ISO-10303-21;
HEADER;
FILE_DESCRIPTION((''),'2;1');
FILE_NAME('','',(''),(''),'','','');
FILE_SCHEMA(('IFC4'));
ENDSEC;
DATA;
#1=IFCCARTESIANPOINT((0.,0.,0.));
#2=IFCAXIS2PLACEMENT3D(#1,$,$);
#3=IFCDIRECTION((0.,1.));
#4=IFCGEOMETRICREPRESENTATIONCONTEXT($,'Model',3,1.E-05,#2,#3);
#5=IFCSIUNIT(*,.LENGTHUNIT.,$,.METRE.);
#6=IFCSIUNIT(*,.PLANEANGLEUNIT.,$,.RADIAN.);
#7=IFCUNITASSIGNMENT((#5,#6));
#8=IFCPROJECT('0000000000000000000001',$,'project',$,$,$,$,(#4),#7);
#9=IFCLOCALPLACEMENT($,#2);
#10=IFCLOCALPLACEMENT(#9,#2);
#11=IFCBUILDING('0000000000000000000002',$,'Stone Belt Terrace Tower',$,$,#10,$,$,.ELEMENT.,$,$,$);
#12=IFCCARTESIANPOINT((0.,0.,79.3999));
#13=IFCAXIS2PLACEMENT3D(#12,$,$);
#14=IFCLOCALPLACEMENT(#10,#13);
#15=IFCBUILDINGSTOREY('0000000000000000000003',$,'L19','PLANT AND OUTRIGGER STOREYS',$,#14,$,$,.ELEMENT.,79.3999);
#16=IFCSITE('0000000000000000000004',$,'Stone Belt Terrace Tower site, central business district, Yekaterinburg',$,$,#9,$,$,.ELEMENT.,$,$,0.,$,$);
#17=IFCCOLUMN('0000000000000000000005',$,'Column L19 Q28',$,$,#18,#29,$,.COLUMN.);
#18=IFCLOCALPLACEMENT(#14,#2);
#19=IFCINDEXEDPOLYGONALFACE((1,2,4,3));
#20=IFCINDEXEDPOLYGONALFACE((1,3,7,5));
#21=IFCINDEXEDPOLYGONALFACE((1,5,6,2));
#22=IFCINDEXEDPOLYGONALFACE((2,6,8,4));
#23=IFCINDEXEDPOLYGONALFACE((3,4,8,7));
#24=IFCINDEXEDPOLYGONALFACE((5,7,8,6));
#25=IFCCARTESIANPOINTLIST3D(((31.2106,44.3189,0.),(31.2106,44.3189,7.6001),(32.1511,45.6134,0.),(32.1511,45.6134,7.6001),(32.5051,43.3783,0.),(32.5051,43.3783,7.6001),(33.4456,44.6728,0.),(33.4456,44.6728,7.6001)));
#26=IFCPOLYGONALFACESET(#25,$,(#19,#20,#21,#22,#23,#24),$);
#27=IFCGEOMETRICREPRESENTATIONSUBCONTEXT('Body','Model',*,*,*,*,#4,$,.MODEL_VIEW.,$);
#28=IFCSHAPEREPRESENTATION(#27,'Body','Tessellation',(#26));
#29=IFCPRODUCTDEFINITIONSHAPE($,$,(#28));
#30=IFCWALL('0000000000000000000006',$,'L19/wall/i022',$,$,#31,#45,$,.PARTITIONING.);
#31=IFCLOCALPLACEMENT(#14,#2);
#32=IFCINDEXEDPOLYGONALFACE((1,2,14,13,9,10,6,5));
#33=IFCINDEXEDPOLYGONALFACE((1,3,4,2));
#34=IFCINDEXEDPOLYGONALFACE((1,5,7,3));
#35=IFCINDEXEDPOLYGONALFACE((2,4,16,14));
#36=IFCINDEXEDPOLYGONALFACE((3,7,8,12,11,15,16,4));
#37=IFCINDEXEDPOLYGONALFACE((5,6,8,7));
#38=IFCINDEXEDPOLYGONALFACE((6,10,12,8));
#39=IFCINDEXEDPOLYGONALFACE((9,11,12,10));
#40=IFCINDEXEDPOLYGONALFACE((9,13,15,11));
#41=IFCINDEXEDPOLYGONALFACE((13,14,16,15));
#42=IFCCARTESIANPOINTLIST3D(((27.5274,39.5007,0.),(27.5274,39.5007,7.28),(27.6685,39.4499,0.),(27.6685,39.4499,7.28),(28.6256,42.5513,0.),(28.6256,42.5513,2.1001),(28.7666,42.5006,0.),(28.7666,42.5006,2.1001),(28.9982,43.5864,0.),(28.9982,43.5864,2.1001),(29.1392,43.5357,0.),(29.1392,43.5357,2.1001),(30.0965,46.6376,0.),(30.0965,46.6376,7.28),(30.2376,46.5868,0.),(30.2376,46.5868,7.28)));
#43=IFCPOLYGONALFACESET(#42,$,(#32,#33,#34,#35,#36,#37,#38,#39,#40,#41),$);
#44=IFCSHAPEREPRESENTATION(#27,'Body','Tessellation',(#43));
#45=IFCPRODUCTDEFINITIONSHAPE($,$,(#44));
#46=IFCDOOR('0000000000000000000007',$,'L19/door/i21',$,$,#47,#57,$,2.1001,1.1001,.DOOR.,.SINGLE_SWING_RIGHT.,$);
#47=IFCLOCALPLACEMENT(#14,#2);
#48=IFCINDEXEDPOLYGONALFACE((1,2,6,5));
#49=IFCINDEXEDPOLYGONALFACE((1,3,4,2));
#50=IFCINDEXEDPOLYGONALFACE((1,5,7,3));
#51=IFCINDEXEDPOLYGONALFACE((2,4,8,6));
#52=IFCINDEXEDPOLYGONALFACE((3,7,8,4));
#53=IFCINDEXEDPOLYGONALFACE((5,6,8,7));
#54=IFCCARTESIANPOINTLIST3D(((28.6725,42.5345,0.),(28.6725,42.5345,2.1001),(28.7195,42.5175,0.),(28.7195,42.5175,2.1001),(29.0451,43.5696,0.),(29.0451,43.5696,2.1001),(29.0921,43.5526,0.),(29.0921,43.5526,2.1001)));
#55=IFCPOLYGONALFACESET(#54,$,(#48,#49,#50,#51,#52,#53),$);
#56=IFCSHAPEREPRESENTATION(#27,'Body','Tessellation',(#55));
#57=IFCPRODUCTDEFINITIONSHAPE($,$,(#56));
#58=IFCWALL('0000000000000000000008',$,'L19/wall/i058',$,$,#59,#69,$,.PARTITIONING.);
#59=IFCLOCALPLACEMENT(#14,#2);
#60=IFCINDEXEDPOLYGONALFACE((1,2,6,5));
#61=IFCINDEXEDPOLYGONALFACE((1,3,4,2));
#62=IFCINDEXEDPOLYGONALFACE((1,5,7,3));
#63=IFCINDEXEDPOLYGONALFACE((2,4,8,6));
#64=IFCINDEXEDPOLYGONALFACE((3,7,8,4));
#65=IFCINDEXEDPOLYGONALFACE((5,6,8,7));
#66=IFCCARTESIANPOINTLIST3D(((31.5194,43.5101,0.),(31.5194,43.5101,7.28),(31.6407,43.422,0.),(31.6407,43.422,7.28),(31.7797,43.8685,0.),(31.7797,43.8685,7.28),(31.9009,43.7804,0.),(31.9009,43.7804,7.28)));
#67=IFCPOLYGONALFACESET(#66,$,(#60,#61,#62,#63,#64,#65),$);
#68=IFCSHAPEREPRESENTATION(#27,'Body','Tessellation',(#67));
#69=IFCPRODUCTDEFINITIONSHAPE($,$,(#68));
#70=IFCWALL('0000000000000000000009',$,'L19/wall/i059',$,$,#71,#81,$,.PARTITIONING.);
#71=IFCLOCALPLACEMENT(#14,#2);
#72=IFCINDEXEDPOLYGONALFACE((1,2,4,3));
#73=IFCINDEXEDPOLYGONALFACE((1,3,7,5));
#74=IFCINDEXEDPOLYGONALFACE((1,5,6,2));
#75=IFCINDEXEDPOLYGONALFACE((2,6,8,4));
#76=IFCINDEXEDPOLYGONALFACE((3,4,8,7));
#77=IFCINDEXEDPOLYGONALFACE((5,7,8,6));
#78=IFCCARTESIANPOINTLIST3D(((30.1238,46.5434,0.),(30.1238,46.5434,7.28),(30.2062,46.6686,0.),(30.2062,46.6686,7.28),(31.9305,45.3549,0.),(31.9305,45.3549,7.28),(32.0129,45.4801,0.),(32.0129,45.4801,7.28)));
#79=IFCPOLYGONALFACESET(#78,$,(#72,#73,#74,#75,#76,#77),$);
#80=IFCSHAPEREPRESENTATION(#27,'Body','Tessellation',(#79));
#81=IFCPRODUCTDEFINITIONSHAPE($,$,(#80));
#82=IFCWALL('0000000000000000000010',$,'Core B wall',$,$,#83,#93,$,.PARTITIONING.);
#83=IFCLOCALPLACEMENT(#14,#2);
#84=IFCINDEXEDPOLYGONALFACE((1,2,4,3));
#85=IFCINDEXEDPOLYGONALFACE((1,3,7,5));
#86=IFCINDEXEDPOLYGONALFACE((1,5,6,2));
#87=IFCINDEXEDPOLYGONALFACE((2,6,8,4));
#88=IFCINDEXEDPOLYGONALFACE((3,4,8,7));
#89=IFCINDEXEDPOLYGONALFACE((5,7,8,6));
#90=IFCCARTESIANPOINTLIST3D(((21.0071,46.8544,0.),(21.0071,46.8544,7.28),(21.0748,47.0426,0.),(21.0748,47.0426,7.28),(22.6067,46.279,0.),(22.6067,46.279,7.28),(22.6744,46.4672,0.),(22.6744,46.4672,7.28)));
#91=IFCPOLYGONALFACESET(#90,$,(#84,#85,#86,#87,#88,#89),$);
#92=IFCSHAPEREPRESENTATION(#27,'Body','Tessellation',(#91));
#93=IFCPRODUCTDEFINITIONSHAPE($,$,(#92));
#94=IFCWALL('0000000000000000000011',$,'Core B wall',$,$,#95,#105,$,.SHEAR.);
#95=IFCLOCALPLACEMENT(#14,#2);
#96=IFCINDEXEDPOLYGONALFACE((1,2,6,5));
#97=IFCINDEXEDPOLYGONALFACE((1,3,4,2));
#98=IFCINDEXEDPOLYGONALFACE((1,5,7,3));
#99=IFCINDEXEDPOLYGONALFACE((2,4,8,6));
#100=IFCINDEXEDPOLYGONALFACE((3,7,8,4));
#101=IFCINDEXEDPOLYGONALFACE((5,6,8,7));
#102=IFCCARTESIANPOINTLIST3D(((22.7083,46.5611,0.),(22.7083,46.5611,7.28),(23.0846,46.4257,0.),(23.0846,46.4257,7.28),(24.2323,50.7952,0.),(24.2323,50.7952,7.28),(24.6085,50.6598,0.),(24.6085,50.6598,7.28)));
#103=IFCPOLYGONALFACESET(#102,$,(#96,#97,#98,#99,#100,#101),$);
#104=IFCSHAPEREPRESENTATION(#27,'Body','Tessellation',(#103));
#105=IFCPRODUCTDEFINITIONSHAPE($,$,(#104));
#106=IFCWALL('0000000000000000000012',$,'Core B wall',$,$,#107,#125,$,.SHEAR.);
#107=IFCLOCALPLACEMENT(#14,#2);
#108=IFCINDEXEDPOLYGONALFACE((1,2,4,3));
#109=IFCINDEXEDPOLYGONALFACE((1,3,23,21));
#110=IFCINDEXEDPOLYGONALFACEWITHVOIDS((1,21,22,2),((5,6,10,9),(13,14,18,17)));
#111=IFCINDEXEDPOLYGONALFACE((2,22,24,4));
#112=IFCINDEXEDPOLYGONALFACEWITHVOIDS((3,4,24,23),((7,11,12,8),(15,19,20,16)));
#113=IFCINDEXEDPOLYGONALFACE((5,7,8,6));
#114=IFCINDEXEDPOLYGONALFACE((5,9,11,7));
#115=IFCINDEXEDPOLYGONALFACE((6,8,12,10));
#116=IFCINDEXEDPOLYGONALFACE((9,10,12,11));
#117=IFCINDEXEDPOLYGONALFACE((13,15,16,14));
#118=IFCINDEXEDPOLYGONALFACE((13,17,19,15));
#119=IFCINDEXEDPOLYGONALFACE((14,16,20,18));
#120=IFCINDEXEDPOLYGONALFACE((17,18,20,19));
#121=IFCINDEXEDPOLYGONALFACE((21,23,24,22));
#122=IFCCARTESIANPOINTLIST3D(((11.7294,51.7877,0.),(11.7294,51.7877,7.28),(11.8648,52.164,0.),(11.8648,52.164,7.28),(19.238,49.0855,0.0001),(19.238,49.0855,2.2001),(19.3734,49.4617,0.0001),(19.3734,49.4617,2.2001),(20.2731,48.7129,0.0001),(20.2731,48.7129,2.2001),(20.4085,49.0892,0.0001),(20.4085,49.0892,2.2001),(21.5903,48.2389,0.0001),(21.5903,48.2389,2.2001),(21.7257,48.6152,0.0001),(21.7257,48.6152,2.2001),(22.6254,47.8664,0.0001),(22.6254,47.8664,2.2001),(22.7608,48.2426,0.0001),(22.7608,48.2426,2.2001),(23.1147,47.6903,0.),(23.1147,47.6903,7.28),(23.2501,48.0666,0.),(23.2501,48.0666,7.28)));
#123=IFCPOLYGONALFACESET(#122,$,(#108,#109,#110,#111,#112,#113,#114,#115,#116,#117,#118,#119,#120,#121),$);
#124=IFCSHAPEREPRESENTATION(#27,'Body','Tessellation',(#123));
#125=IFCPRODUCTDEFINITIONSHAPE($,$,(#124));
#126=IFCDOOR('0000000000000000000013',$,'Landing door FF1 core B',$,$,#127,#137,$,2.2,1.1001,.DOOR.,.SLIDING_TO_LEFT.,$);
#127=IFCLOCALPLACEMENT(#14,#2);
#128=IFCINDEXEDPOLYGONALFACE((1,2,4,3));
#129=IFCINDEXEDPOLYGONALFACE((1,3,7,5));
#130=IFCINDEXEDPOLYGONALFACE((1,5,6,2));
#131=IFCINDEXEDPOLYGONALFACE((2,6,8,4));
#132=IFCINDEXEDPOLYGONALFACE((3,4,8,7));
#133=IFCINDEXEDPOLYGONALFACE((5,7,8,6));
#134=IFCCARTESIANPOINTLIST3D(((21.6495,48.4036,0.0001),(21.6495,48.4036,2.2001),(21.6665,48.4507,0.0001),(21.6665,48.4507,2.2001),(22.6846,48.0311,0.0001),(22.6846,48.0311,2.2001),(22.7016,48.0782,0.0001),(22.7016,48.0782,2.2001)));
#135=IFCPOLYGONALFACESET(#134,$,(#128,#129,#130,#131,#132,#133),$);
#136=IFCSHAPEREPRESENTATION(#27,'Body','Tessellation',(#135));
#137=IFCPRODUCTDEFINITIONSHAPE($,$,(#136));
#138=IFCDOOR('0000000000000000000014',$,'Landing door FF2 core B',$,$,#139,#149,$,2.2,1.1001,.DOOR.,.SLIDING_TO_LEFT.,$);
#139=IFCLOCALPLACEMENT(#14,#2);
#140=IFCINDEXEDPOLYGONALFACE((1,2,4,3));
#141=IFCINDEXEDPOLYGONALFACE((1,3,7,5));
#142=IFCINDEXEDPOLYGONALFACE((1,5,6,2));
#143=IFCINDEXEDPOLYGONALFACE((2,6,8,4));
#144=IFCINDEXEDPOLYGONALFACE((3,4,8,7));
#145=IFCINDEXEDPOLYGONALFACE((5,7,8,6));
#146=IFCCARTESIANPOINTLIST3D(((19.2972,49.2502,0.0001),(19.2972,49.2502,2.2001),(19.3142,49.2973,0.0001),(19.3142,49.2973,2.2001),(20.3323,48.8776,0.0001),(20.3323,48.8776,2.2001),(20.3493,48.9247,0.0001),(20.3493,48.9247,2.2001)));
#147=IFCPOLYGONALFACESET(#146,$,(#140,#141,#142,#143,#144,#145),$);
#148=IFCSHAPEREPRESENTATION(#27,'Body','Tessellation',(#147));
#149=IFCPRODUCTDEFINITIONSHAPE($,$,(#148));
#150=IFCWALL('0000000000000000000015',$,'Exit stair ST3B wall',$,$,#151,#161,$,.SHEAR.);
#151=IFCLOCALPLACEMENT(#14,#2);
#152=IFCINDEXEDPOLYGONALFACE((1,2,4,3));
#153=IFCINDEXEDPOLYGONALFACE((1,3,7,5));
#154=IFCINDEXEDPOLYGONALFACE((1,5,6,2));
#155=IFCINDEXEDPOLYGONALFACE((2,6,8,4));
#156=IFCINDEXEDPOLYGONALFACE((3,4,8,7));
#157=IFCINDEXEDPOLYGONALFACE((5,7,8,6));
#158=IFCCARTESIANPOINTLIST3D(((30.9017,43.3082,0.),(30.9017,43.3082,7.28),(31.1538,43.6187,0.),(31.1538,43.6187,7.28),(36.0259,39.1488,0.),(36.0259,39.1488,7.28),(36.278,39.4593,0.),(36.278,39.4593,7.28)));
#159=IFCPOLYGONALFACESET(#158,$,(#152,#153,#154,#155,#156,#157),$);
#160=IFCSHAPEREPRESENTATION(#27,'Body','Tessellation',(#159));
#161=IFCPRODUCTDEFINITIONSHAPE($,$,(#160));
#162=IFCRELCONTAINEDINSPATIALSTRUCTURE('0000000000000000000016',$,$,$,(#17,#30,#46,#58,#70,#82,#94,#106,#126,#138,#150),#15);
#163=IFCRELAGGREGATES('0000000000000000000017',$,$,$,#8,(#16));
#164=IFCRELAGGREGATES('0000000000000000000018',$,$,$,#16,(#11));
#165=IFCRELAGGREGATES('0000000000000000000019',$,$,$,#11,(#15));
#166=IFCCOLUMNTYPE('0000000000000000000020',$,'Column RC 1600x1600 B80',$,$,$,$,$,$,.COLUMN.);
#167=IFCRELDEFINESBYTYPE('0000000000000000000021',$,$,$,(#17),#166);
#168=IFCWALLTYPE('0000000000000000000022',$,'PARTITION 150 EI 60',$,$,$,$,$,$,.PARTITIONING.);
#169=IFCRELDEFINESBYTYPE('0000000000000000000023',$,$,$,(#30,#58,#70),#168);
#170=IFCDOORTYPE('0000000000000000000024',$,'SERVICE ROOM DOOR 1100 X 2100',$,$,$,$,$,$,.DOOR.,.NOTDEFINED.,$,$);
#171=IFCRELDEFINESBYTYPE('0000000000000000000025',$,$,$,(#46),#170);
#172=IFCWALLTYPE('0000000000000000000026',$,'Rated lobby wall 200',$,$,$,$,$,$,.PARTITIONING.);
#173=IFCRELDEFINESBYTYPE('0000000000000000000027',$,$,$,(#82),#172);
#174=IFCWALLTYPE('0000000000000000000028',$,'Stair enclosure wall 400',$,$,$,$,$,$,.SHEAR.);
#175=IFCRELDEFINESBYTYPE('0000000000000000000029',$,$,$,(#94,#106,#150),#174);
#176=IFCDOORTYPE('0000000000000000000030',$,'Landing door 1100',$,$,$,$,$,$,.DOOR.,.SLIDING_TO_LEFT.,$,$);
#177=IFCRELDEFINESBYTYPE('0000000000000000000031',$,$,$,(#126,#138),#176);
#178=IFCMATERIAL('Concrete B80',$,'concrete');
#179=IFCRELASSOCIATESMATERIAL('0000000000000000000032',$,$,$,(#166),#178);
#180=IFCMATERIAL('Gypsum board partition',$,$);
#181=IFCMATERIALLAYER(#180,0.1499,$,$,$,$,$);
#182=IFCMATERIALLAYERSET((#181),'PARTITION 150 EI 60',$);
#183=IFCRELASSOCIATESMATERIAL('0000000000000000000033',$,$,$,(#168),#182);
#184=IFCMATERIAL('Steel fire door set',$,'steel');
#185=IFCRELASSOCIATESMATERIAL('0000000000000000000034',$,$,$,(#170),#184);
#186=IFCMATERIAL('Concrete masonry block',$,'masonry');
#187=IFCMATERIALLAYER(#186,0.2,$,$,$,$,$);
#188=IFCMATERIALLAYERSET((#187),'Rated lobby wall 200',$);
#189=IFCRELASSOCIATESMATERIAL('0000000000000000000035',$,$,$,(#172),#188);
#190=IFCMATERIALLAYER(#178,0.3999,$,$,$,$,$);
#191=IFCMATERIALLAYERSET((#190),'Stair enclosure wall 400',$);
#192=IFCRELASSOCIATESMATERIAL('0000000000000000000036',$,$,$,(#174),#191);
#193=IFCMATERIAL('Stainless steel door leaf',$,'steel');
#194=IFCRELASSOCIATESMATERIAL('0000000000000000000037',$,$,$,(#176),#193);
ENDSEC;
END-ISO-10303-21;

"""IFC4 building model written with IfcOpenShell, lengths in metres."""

from ifc_helpers import new_model, si_unit, direction, frame, frame_2d, origin, origin_2d, place, context, subcontext, project, spatial, rectangle, extrude, material, layer, layer_set, material_profile, profile_set, type_object, element, fill, save


model = new_model("IFC4")

# Units and contexts
model_context = context("Model", 3, precision=1e-05, world=origin(), true_north=direction((0.0, 1.0)))
body_context = subcontext(model_context, "Body", "Model", "MODEL_VIEW")
ifc_project = project(units=[si_unit("LENGTHUNIT", "METRE"), si_unit("PLANEANGLEUNIT", "RADIAN")], contexts=[model_context])

# Site, building, storey
site_placement = place(None, origin())
site = spatial("IfcSite", under=ifc_project, at=site_placement, Name="Stone Belt Terrace Tower site, central business district, Yekaterinburg", CompositionType="ELEMENT", RefElevation=0.0)
building_placement = place(site_placement, origin())
building = spatial("IfcBuilding", under=site, at=building_placement, Name="Stone Belt Terrace Tower", CompositionType="ELEMENT")
storey_placement = place(building_placement, frame((0.0, 0.0, 79.3999)))
storey = spatial("IfcBuildingStorey", under=building, at=storey_placement, Name="L19", Description="PLANT AND OUTRIGGER STOREYS", CompositionType="ELEMENT", Elevation=79.3999)

# Column
ifc_material_1 = material(Name="Concrete B80", Category="concrete")
ifc_material_profile = material_profile(ifc_material_1, rectangle(XDim=1.6001, YDim=1.6001, at=origin_2d()), Name="RC 1600x1600")
ifc_profile_set = profile_set([ifc_material_profile], Name="Concrete B80")
column_type = type_object("IfcColumnType", Name="Column RC 1600x1600 B80", PredefinedType="COLUMN", material=ifc_profile_set)
column_placement = place(storey_placement, frame((32.3281, 44.4958, 0.0), z_axis=(0.0, 0.0, 1.0), x_axis=(0.809017, -0.587785, 0.0)))
element("IfcColumn", 1, at=column_placement, inside=storey, type_object=column_type, Name="Column L19 Q28", PredefinedType="COLUMN", context=body_context, shape_type="SweptSolid", body=[
    extrude(rectangle(XDim=1.6001, YDim=1.6001, at=origin_2d()), origin(), (0.0, 0.0, 1.0), 7.6001),
])

# Wall, opening, door
ifc_material_2 = material(Name="Gypsum board partition")
ifc_layer_1 = layer(ifc_material_2, 0.1499)
ifc_layer_set_1 = layer_set([ifc_layer_1], Name="PARTITION 150 EI 60")
wall_type_1 = type_object("IfcWallType", Name="PARTITION 150 EI 60", PredefinedType="PARTITIONING", material=ifc_layer_set_1)
wall_1_placement = place(storey_placement, frame((30.167, 46.6121, 0.0), z_axis=(0.0, 0.0, 1.0), x_axis=(-0.338694, -0.940896, 0.0)))
wall_1 = element("IfcWall", 2, at=wall_1_placement, inside=storey, type_object=wall_type_1, Name="L19/wall/i022", PredefinedType="PARTITIONING", context=body_context, shape_type="SweptSolid", body=[
    extrude(rectangle(XDim=7.5852, YDim=0.1499, at=frame_2d((3.7925, 0.0))), origin(), (0.0, 0.0, 1.0), 7.28),
])
opening_1_placement = place(wall_1_placement, frame((3.2427, 0.0, 0.0)))
opening_1 = element("IfcOpeningElement", 3, at=opening_1_placement, cuts=wall_1, PredefinedType="OPENING", context=body_context, shape_type="SweptSolid", body=[
    extrude(rectangle(XDim=1.1001, YDim=2.1001, at=frame_2d((0.55, 1.05))), frame((0.0, 0.085, 0.0), z_axis=(0.0, -1.0, 0.0), x_axis=(1.0, 0.0, 0.0)), (0.0, 0.0, 1.0), 0.1699),
])
ifc_material_3 = material(Name="Steel fire door set", Category="steel")
door_type_1 = type_object("IfcDoorType", Name="SERVICE ROOM DOOR 1100 X 2100", OperationType="NOTDEFINED", PredefinedType="DOOR", material=ifc_material_3)
door_1_placement = place(opening_1_placement, origin())
door_1 = element("IfcDoor", 4, at=door_1_placement, inside=storey, type_object=door_type_1, Name="L19/door/i21", OperationType="SINGLE_SWING_RIGHT", OverallHeight=2.1001, OverallWidth=1.1001, PredefinedType="DOOR", context=body_context, shape_type="SweptSolid", body=[
    extrude(rectangle(XDim=1.1001, YDim=2.1001, at=frame_2d((0.55, 1.05))), frame((0.0, 0.0249, 0.0), z_axis=(0.0, -1.0, 0.0), x_axis=(1.0, 0.0, 0.0)), (0.0, 0.0, 1.0), 0.05),
])
fill(opening_1, door_1)

# Walls
wall_2_placement = place(storey_placement, frame((31.5801, 43.4661, 0.0), z_axis=(0.0, 0.0, 1.0), x_axis=(0.587582, 0.809165, 0.0)))
element("IfcWall", 5, at=wall_2_placement, inside=storey, type_object=wall_type_1, Name="L19/wall/i058", PredefinedType="PARTITIONING", context=body_context, shape_type="SweptSolid", body=[
    extrude(rectangle(XDim=0.4429, YDim=0.1499, at=frame_2d((0.2214, 0.0))), origin(), (0.0, 0.0, 1.0), 7.28),
])
wall_3_placement = place(storey_placement, frame((31.9717, 45.4175, 0.0), z_axis=(0.0, 0.0, 1.0), x_axis=(-0.835439, 0.549583, 0.0)))
element("IfcWall", 6, at=wall_3_placement, inside=storey, type_object=wall_type_1, Name="L19/wall/i059", PredefinedType="PARTITIONING", context=body_context, shape_type="SweptSolid", body=[
    extrude(rectangle(XDim=2.1626, YDim=0.1499, at=frame_2d((1.0813, 0.0))), origin(), (0.0, 0.0, 1.0), 7.28),
])
ifc_material_4 = material(Name="Concrete masonry block", Category="masonry")
ifc_layer_2 = layer(ifc_material_4, 0.2)
ifc_layer_set_2 = layer_set([ifc_layer_2], Name="Rated lobby wall 200")
wall_type_2 = type_object("IfcWallType", Name="Rated lobby wall 200", PredefinedType="PARTITIONING", material=ifc_layer_set_2)
wall_4_placement = place(storey_placement, frame((22.6406, 46.373, 0.0), z_axis=(0.0, 0.0, 1.0), x_axis=(-0.940966, 0.338501, 0.0)))
element("IfcWall", 7, at=wall_4_placement, inside=storey, type_object=wall_type_2, Name="Core B wall", PredefinedType="PARTITIONING", context=body_context, shape_type="SweptSolid", body=[
    extrude(rectangle(XDim=1.7, YDim=0.2, at=frame_2d((0.8501, 0.0))), origin(), (0.0, 0.0, 1.0), 7.28),
])
ifc_layer_3 = layer(ifc_material_1, 0.3999)
ifc_layer_set_3 = layer_set([ifc_layer_3], Name="Stair enclosure wall 400")
wall_type_3 = type_object("IfcWallType", Name="Stair enclosure wall 400", PredefinedType="SHEAR", material=ifc_layer_set_3)
wall_5_placement = place(storey_placement, frame((22.8965, 46.4934, 0.0), z_axis=(0.0, 0.0, 1.0), x_axis=(0.338648, 0.940913, 0.0)))
element("IfcWall", 8, at=wall_5_placement, inside=storey, type_object=wall_type_3, Name="Core B wall", PredefinedType="SHEAR", context=body_context, shape_type="SweptSolid", body=[
    extrude(rectangle(XDim=4.5, YDim=0.3999, at=frame_2d((2.25, 0.0))), origin(), (0.0, 0.0, 1.0), 7.28),
])

# Wall, openings, doors
wall_6_placement = place(storey_placement, frame((23.1824, 47.8784, 0.0), z_axis=(0.0, 0.0, 1.0), x_axis=(-0.940921, 0.338626, 0.0)))
wall_6 = element("IfcWall", 9, at=wall_6_placement, inside=storey, type_object=wall_type_3, Name="Core B wall", PredefinedType="SHEAR", context=body_context, shape_type="SweptSolid", body=[
    extrude(rectangle(XDim=12.1001, YDim=0.3999, at=frame_2d((6.05, 0.0))), origin(), (0.0, 0.0, 1.0), 7.28),
])
opening_2_placement = place(wall_6_placement, frame((0.52, 0.0, 0.0)))
opening_2 = element("IfcOpeningElement", 10, at=opening_2_placement, cuts=wall_6, PredefinedType="OPENING", context=body_context, shape_type="SweptSolid", body=[
    extrude(rectangle(XDim=1.1001, YDim=2.2, at=frame_2d((0.55, 1.1001))), frame((0.0, 0.21, 0.0), z_axis=(0.0, -1.0, 0.0), x_axis=(1.0, 0.0, 0.0)), (0.0, 0.0, 1.0), 0.4199),
])
opening_3_placement = place(wall_6_placement, frame((3.02, 0.0, 0.0)))
opening_3 = element("IfcOpeningElement", 11, at=opening_3_placement, cuts=wall_6, PredefinedType="OPENING", context=body_context, shape_type="SweptSolid", body=[
    extrude(rectangle(XDim=1.1001, YDim=2.2, at=frame_2d((0.55, 1.1001))), frame((0.0, 0.21, 0.0), z_axis=(0.0, -1.0, 0.0), x_axis=(1.0, 0.0, 0.0)), (0.0, 0.0, 1.0), 0.4199),
])
ifc_material_5 = material(Name="Stainless steel door leaf", Category="steel")
door_type_2 = type_object("IfcDoorType", Name="Landing door 1100", OperationType="SLIDING_TO_LEFT", PredefinedType="DOOR", material=ifc_material_5)
door_2_placement = place(opening_2_placement, origin())
door_2 = element("IfcDoor", 12, at=door_2_placement, inside=storey, type_object=door_type_2, Name="Landing door FF1 core B", OperationType="SLIDING_TO_LEFT", OverallHeight=2.2, OverallWidth=1.1001, PredefinedType="DOOR", context=body_context, shape_type="SweptSolid", body=[
    extrude(rectangle(XDim=1.1001, YDim=2.2, at=frame_2d((0.55, 1.1001))), frame((0.0, 0.0249, 0.0), z_axis=(0.0, -1.0, 0.0), x_axis=(1.0, 0.0, 0.0)), (0.0, 0.0, 1.0), 0.05),
])
fill(opening_2, door_2)
door_3_placement = place(opening_3_placement, origin())
door_3 = element("IfcDoor", 13, at=door_3_placement, inside=storey, type_object=door_type_2, Name="Landing door FF2 core B", OperationType="SLIDING_TO_LEFT", OverallHeight=2.2, OverallWidth=1.1001, PredefinedType="DOOR", context=body_context, shape_type="SweptSolid", body=[
    extrude(rectangle(XDim=1.1001, YDim=2.2, at=frame_2d((0.55, 1.1001))), frame((0.0, 0.0249, 0.0), z_axis=(0.0, -1.0, 0.0), x_axis=(1.0, 0.0, 0.0)), (0.0, 0.0, 1.0), 0.05),
])
fill(opening_3, door_3)

# Wall
wall_7_placement = place(storey_placement, frame((31.0278, 43.4634, 0.0), z_axis=(0.0, 0.0, 1.0), x_axis=(0.776414, -0.630224, 0.0)))
element("IfcWall", 14, at=wall_7_placement, inside=storey, type_object=wall_type_3, Name="Exit stair ST3B wall", PredefinedType="SHEAR", context=body_context, shape_type="SweptSolid", body=[
    extrude(rectangle(XDim=6.5999, YDim=0.3999, at=frame_2d((3.2998, 0.0))), origin(), (0.0, 0.0, 1.0), 7.28),
])

save(model, "model.ifc")
